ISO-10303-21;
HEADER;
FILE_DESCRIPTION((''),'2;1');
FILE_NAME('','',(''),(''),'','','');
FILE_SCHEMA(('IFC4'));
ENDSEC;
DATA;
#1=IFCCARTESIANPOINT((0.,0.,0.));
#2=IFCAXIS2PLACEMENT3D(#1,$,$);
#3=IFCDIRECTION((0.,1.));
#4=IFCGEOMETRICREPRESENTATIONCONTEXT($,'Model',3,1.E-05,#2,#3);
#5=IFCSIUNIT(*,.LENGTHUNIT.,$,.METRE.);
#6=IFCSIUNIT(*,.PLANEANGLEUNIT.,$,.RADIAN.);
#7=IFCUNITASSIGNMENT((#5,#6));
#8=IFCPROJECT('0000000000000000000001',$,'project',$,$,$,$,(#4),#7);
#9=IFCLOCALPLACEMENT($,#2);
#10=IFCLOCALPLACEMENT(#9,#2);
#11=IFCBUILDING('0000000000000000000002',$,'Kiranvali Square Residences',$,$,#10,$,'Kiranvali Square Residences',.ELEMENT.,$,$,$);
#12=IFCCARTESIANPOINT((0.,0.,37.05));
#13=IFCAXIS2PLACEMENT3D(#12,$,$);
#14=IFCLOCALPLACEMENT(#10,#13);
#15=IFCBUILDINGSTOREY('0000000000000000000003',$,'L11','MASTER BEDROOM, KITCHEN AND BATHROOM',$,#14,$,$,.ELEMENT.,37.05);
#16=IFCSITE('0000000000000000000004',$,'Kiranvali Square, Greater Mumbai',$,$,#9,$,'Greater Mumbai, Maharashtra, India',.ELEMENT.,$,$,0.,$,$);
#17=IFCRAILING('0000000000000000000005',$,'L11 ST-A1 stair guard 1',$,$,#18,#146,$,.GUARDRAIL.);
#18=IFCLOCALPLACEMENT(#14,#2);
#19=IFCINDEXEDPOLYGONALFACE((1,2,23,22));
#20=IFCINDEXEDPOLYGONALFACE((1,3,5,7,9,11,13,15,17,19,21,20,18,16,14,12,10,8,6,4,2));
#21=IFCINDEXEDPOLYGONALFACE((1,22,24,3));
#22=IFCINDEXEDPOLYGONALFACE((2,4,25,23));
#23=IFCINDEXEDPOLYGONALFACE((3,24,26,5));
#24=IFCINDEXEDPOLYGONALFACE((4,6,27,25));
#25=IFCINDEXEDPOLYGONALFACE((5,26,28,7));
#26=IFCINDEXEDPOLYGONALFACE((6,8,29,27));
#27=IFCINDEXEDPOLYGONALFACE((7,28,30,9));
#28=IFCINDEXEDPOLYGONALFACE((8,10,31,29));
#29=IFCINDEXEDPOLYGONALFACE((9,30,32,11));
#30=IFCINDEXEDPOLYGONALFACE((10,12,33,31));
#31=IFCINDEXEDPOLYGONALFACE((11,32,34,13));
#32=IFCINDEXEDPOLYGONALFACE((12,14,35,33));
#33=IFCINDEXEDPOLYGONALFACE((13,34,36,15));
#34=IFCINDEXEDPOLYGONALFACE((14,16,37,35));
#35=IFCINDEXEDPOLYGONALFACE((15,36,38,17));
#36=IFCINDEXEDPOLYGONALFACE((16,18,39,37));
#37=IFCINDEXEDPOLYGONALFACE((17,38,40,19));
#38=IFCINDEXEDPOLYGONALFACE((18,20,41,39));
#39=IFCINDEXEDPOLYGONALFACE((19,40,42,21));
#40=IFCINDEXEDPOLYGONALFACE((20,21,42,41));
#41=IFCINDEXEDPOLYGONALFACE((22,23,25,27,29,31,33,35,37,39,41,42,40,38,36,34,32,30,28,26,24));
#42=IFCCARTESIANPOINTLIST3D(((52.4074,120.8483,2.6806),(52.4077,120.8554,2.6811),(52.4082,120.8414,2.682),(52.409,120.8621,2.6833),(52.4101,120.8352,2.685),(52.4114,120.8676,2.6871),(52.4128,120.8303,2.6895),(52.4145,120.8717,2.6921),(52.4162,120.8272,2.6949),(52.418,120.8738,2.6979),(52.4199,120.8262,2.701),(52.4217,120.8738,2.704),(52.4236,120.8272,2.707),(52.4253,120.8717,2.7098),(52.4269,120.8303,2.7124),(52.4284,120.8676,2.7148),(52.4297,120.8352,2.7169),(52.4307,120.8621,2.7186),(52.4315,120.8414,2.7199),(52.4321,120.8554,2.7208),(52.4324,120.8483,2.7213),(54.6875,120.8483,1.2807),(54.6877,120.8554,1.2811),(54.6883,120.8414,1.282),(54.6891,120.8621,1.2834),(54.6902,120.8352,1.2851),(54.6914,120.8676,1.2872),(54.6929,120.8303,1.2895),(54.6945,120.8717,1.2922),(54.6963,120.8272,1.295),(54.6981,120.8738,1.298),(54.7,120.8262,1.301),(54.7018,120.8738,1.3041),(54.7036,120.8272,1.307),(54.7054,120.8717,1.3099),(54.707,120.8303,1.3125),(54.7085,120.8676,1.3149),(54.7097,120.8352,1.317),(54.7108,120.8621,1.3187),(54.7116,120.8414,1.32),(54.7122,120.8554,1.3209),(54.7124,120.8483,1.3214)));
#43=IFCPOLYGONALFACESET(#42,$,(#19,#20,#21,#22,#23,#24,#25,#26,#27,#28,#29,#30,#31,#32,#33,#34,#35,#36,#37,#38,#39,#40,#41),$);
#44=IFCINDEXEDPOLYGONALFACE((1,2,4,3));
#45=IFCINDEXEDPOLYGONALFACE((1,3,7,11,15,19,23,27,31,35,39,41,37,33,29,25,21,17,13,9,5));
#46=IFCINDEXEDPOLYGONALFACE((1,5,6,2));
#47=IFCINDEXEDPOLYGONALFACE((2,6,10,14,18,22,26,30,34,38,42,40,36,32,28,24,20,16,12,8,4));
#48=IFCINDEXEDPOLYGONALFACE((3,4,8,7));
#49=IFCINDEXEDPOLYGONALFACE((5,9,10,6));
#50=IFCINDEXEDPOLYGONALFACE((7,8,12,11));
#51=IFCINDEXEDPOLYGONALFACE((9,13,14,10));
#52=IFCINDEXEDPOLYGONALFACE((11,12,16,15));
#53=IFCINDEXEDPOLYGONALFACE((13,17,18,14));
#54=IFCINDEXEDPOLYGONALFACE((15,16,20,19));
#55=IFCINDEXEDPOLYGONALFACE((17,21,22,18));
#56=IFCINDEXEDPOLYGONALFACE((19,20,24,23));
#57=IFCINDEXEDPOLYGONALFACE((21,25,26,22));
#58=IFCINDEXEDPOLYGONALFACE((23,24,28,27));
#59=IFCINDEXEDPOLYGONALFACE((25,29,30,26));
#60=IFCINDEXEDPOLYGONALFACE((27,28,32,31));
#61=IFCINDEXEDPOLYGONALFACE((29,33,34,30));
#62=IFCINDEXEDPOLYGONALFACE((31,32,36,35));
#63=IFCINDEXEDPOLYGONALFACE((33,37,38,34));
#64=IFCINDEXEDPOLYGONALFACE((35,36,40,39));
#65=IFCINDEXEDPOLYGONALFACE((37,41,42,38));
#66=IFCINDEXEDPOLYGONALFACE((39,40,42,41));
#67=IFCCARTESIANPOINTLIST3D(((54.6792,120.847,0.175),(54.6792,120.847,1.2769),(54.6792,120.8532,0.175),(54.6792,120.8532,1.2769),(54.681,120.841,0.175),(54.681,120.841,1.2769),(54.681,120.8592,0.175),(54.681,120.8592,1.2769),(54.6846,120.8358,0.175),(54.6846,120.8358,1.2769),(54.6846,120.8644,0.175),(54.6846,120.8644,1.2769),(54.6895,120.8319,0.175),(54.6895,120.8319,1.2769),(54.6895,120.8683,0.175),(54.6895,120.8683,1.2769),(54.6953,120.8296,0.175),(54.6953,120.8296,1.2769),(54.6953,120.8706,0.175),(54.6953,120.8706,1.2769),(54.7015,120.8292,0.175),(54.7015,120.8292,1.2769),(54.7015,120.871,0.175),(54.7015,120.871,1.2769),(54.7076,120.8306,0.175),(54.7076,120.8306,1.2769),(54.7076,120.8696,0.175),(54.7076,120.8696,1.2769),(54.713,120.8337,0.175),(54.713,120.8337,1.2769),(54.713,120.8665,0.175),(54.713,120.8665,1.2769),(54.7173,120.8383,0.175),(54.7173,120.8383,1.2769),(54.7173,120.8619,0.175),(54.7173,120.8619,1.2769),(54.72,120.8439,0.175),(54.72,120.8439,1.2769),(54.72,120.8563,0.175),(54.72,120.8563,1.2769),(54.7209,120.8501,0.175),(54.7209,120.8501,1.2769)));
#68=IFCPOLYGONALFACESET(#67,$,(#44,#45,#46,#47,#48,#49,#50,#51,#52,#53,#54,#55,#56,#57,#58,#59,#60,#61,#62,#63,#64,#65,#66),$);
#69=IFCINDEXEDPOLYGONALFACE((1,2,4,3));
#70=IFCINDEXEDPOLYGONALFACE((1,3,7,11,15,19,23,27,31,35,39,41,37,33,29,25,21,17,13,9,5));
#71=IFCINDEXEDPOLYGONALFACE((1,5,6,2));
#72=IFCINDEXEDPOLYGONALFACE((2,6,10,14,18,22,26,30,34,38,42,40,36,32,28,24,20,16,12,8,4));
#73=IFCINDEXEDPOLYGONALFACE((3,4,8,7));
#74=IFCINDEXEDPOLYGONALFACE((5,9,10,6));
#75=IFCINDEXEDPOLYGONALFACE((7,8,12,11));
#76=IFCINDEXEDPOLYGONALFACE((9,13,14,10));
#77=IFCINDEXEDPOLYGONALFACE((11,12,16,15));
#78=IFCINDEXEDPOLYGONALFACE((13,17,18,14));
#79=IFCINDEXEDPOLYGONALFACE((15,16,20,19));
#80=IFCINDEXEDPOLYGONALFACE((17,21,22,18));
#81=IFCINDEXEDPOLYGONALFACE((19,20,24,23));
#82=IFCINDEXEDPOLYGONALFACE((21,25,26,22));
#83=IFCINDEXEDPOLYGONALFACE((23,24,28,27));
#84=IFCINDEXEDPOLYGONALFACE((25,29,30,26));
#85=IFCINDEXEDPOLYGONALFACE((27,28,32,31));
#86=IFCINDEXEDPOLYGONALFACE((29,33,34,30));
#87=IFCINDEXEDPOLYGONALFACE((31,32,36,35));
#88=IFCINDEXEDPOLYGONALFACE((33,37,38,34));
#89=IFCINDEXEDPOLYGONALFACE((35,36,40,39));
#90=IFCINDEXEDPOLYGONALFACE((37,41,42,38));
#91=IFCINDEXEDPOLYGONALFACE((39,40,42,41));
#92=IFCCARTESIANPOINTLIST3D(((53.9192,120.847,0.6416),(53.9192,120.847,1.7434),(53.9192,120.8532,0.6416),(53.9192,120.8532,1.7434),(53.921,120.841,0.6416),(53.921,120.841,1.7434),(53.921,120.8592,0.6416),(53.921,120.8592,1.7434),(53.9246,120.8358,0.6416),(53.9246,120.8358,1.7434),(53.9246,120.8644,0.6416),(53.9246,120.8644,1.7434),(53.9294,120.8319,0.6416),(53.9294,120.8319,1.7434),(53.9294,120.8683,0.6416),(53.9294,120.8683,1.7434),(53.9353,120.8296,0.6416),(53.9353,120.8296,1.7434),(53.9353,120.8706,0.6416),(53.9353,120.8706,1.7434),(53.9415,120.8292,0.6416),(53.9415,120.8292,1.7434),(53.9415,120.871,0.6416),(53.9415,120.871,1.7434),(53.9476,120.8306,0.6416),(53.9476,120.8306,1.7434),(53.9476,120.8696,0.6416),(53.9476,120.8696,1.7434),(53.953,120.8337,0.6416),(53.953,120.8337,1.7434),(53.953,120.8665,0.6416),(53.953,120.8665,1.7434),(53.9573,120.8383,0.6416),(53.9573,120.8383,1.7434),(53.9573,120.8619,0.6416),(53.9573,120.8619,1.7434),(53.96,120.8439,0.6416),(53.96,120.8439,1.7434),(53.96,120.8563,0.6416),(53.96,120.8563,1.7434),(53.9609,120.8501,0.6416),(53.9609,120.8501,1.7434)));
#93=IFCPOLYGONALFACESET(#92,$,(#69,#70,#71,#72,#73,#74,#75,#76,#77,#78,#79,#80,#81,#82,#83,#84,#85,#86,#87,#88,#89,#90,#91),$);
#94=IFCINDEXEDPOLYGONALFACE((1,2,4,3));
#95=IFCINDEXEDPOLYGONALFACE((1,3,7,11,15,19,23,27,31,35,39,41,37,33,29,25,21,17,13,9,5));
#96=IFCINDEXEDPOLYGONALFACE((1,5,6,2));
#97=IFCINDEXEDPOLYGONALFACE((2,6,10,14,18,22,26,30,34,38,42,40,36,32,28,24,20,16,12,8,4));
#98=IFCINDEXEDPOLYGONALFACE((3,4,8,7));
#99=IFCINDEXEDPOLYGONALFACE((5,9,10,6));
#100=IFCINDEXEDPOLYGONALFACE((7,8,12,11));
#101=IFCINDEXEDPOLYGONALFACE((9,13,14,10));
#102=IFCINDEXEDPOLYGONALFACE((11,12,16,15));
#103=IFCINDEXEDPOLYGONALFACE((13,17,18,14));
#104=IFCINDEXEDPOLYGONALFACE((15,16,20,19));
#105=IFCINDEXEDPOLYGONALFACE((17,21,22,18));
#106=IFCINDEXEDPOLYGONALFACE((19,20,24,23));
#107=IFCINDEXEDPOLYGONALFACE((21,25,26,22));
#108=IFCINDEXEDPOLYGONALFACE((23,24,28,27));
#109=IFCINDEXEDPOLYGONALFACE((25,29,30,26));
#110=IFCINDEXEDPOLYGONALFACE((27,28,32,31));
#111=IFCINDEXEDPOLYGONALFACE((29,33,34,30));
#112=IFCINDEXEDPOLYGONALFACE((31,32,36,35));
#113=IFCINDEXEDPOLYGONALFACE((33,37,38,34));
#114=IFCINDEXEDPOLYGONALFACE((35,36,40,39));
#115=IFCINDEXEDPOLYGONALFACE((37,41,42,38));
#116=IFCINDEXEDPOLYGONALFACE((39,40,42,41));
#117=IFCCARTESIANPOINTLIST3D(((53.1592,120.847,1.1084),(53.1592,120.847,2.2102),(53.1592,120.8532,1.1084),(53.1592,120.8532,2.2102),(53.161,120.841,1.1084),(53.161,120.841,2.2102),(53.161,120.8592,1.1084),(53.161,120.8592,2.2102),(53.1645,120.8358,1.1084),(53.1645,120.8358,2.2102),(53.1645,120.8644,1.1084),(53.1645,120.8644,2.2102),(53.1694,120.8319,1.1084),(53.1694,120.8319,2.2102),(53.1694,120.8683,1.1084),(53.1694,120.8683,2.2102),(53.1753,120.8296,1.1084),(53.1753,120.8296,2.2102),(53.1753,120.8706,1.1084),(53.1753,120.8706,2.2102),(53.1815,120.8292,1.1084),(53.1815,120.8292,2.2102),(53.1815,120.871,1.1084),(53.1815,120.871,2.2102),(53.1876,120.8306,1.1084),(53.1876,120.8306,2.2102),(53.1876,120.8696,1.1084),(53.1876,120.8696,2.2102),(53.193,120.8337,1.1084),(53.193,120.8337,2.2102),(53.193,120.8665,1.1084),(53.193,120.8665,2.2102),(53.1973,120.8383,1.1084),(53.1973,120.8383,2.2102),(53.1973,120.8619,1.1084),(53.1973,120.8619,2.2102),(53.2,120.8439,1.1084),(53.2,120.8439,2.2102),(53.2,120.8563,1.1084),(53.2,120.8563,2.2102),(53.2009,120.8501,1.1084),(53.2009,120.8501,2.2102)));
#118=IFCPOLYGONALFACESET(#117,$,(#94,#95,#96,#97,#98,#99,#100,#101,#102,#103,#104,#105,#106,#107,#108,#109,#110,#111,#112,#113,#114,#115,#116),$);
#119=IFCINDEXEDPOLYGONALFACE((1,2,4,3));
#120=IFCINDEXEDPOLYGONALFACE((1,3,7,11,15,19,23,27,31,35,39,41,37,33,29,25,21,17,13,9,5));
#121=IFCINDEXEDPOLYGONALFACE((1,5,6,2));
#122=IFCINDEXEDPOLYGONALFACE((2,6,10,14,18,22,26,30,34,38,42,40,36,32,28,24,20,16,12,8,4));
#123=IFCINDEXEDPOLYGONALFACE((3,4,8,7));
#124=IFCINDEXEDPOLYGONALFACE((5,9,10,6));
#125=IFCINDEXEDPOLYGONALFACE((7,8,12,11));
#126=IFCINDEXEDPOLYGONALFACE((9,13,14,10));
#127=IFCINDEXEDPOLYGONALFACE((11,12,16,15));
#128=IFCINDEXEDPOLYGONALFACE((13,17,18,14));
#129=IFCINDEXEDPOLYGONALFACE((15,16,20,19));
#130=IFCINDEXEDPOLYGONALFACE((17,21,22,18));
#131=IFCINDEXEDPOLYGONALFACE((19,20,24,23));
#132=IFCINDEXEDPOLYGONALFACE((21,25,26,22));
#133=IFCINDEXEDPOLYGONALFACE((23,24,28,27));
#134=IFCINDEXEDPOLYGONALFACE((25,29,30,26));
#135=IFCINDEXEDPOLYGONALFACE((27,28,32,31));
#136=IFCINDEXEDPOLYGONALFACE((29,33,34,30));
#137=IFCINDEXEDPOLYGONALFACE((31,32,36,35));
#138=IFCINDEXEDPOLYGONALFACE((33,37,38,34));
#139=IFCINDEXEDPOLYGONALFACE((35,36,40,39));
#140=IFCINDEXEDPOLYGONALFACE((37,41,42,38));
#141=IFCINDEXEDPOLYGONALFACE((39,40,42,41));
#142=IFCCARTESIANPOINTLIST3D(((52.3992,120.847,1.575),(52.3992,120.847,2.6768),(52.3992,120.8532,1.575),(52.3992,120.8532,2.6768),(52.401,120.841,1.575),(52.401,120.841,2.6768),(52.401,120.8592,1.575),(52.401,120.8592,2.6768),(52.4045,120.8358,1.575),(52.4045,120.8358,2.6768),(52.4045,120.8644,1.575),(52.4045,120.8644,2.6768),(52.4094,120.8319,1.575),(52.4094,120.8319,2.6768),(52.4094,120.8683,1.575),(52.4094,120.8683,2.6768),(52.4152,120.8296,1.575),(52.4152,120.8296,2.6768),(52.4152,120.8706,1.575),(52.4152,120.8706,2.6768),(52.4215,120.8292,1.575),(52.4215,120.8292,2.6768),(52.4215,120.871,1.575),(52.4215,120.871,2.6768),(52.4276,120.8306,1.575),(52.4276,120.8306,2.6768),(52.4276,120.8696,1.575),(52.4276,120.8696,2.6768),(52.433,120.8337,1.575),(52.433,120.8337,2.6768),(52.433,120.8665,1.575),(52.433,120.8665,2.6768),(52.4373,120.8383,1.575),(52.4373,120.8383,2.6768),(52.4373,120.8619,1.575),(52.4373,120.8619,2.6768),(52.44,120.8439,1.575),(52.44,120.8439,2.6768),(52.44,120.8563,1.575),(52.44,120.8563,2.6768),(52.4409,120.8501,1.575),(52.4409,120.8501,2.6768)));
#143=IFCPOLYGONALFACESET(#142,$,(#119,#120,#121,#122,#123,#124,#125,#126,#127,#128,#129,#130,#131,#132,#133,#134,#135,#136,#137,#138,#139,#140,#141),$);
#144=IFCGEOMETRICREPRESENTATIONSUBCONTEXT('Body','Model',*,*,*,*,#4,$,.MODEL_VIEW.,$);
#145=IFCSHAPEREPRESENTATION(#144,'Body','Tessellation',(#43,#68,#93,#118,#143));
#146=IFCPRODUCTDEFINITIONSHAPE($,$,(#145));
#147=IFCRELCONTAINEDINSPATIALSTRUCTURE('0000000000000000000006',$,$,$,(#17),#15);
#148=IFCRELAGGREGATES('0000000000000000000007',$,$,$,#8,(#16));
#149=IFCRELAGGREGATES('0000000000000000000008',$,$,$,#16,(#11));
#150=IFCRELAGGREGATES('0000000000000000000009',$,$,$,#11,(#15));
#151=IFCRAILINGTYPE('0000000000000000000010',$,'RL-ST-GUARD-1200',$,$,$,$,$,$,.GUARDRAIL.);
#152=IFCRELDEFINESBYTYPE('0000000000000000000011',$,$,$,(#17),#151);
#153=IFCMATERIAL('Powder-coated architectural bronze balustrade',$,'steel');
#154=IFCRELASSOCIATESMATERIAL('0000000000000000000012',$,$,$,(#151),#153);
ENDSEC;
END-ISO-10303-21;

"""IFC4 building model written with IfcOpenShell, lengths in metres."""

from ifc_helpers import new_model, si_unit, direction, frame, origin, origin_2d, place, context, subcontext, project, spatial, circle, extrude, material, type_object, element, save


model = new_model("IFC4")

# Units and contexts
model_context = context("Model", 3, precision=1e-05, world=origin(), true_north=direction((0.0, 1.0)))
body_context = subcontext(model_context, "Body", "Model", "MODEL_VIEW")
ifc_project = project(units=[si_unit("LENGTHUNIT", "METRE"), si_unit("PLANEANGLEUNIT", "RADIAN")], contexts=[model_context])

# Site, building, storey
site_placement = place(None, origin())
site = spatial("IfcSite", under=ifc_project, at=site_placement, Name="Kiranvali Square, Greater Mumbai", LongName="Greater Mumbai, Maharashtra, India", CompositionType="ELEMENT", RefElevation=0.0)
building_placement = place(site_placement, origin())
building = spatial("IfcBuilding", under=site, at=building_placement, Name="Kiranvali Square Residences", LongName="Kiranvali Square Residences", CompositionType="ELEMENT")
storey_placement = place(building_placement, frame((0.0, 0.0, 37.05)))
storey = spatial("IfcBuildingStorey", under=building, at=storey_placement, Name="L11", Description="MASTER BEDROOM, KITCHEN AND BATHROOM", CompositionType="ELEMENT", Elevation=37.05)

# Railing
ifc_material_1 = material(Name="Powder-coated architectural bronze balustrade", Category="steel")
railing_type_1 = type_object("IfcRailingType", Name="RL-ST-GUARD-1200", PredefinedType="GUARDRAIL", material=ifc_material_1)
railing_1_placement = place(storey_placement, frame((54.7, 120.8501, 0.175)))
element("IfcRailing", 1, at=railing_1_placement, inside=storey, type_object=railing_type_1, Name="L11 ST-A1 stair guard 1", PredefinedType="GUARDRAIL", context=body_context, shape_type="SweptSolid", body=[
    extrude(circle(Radius=0.0239, at=origin_2d()), frame((0.0, 0.0, 1.126), z_axis=(-0.85219, 0.0, 0.523232), x_axis=(0.0, -1.0, 0.0)), (0.0, 0.0, 1.0), 2.6755),
    extrude(circle(Radius=0.021, at=origin_2d()), origin(), (0.0, 0.0, 1.0), 1.1018),
    extrude(circle(Radius=0.021, at=origin_2d()), frame((-0.76, 0.0, 0.4666)), (0.0, 0.0, 1.0), 1.1018),
    extrude(circle(Radius=0.021, at=origin_2d()), frame((-1.52, 0.0, 0.9333)), (0.0, 0.0, 1.0), 1.1018),
    extrude(circle(Radius=0.021, at=origin_2d()), frame((-2.28, 0.0, 1.3999)), (0.0, 0.0, 1.0), 1.1018),
])

save(model, "model.ifc")
